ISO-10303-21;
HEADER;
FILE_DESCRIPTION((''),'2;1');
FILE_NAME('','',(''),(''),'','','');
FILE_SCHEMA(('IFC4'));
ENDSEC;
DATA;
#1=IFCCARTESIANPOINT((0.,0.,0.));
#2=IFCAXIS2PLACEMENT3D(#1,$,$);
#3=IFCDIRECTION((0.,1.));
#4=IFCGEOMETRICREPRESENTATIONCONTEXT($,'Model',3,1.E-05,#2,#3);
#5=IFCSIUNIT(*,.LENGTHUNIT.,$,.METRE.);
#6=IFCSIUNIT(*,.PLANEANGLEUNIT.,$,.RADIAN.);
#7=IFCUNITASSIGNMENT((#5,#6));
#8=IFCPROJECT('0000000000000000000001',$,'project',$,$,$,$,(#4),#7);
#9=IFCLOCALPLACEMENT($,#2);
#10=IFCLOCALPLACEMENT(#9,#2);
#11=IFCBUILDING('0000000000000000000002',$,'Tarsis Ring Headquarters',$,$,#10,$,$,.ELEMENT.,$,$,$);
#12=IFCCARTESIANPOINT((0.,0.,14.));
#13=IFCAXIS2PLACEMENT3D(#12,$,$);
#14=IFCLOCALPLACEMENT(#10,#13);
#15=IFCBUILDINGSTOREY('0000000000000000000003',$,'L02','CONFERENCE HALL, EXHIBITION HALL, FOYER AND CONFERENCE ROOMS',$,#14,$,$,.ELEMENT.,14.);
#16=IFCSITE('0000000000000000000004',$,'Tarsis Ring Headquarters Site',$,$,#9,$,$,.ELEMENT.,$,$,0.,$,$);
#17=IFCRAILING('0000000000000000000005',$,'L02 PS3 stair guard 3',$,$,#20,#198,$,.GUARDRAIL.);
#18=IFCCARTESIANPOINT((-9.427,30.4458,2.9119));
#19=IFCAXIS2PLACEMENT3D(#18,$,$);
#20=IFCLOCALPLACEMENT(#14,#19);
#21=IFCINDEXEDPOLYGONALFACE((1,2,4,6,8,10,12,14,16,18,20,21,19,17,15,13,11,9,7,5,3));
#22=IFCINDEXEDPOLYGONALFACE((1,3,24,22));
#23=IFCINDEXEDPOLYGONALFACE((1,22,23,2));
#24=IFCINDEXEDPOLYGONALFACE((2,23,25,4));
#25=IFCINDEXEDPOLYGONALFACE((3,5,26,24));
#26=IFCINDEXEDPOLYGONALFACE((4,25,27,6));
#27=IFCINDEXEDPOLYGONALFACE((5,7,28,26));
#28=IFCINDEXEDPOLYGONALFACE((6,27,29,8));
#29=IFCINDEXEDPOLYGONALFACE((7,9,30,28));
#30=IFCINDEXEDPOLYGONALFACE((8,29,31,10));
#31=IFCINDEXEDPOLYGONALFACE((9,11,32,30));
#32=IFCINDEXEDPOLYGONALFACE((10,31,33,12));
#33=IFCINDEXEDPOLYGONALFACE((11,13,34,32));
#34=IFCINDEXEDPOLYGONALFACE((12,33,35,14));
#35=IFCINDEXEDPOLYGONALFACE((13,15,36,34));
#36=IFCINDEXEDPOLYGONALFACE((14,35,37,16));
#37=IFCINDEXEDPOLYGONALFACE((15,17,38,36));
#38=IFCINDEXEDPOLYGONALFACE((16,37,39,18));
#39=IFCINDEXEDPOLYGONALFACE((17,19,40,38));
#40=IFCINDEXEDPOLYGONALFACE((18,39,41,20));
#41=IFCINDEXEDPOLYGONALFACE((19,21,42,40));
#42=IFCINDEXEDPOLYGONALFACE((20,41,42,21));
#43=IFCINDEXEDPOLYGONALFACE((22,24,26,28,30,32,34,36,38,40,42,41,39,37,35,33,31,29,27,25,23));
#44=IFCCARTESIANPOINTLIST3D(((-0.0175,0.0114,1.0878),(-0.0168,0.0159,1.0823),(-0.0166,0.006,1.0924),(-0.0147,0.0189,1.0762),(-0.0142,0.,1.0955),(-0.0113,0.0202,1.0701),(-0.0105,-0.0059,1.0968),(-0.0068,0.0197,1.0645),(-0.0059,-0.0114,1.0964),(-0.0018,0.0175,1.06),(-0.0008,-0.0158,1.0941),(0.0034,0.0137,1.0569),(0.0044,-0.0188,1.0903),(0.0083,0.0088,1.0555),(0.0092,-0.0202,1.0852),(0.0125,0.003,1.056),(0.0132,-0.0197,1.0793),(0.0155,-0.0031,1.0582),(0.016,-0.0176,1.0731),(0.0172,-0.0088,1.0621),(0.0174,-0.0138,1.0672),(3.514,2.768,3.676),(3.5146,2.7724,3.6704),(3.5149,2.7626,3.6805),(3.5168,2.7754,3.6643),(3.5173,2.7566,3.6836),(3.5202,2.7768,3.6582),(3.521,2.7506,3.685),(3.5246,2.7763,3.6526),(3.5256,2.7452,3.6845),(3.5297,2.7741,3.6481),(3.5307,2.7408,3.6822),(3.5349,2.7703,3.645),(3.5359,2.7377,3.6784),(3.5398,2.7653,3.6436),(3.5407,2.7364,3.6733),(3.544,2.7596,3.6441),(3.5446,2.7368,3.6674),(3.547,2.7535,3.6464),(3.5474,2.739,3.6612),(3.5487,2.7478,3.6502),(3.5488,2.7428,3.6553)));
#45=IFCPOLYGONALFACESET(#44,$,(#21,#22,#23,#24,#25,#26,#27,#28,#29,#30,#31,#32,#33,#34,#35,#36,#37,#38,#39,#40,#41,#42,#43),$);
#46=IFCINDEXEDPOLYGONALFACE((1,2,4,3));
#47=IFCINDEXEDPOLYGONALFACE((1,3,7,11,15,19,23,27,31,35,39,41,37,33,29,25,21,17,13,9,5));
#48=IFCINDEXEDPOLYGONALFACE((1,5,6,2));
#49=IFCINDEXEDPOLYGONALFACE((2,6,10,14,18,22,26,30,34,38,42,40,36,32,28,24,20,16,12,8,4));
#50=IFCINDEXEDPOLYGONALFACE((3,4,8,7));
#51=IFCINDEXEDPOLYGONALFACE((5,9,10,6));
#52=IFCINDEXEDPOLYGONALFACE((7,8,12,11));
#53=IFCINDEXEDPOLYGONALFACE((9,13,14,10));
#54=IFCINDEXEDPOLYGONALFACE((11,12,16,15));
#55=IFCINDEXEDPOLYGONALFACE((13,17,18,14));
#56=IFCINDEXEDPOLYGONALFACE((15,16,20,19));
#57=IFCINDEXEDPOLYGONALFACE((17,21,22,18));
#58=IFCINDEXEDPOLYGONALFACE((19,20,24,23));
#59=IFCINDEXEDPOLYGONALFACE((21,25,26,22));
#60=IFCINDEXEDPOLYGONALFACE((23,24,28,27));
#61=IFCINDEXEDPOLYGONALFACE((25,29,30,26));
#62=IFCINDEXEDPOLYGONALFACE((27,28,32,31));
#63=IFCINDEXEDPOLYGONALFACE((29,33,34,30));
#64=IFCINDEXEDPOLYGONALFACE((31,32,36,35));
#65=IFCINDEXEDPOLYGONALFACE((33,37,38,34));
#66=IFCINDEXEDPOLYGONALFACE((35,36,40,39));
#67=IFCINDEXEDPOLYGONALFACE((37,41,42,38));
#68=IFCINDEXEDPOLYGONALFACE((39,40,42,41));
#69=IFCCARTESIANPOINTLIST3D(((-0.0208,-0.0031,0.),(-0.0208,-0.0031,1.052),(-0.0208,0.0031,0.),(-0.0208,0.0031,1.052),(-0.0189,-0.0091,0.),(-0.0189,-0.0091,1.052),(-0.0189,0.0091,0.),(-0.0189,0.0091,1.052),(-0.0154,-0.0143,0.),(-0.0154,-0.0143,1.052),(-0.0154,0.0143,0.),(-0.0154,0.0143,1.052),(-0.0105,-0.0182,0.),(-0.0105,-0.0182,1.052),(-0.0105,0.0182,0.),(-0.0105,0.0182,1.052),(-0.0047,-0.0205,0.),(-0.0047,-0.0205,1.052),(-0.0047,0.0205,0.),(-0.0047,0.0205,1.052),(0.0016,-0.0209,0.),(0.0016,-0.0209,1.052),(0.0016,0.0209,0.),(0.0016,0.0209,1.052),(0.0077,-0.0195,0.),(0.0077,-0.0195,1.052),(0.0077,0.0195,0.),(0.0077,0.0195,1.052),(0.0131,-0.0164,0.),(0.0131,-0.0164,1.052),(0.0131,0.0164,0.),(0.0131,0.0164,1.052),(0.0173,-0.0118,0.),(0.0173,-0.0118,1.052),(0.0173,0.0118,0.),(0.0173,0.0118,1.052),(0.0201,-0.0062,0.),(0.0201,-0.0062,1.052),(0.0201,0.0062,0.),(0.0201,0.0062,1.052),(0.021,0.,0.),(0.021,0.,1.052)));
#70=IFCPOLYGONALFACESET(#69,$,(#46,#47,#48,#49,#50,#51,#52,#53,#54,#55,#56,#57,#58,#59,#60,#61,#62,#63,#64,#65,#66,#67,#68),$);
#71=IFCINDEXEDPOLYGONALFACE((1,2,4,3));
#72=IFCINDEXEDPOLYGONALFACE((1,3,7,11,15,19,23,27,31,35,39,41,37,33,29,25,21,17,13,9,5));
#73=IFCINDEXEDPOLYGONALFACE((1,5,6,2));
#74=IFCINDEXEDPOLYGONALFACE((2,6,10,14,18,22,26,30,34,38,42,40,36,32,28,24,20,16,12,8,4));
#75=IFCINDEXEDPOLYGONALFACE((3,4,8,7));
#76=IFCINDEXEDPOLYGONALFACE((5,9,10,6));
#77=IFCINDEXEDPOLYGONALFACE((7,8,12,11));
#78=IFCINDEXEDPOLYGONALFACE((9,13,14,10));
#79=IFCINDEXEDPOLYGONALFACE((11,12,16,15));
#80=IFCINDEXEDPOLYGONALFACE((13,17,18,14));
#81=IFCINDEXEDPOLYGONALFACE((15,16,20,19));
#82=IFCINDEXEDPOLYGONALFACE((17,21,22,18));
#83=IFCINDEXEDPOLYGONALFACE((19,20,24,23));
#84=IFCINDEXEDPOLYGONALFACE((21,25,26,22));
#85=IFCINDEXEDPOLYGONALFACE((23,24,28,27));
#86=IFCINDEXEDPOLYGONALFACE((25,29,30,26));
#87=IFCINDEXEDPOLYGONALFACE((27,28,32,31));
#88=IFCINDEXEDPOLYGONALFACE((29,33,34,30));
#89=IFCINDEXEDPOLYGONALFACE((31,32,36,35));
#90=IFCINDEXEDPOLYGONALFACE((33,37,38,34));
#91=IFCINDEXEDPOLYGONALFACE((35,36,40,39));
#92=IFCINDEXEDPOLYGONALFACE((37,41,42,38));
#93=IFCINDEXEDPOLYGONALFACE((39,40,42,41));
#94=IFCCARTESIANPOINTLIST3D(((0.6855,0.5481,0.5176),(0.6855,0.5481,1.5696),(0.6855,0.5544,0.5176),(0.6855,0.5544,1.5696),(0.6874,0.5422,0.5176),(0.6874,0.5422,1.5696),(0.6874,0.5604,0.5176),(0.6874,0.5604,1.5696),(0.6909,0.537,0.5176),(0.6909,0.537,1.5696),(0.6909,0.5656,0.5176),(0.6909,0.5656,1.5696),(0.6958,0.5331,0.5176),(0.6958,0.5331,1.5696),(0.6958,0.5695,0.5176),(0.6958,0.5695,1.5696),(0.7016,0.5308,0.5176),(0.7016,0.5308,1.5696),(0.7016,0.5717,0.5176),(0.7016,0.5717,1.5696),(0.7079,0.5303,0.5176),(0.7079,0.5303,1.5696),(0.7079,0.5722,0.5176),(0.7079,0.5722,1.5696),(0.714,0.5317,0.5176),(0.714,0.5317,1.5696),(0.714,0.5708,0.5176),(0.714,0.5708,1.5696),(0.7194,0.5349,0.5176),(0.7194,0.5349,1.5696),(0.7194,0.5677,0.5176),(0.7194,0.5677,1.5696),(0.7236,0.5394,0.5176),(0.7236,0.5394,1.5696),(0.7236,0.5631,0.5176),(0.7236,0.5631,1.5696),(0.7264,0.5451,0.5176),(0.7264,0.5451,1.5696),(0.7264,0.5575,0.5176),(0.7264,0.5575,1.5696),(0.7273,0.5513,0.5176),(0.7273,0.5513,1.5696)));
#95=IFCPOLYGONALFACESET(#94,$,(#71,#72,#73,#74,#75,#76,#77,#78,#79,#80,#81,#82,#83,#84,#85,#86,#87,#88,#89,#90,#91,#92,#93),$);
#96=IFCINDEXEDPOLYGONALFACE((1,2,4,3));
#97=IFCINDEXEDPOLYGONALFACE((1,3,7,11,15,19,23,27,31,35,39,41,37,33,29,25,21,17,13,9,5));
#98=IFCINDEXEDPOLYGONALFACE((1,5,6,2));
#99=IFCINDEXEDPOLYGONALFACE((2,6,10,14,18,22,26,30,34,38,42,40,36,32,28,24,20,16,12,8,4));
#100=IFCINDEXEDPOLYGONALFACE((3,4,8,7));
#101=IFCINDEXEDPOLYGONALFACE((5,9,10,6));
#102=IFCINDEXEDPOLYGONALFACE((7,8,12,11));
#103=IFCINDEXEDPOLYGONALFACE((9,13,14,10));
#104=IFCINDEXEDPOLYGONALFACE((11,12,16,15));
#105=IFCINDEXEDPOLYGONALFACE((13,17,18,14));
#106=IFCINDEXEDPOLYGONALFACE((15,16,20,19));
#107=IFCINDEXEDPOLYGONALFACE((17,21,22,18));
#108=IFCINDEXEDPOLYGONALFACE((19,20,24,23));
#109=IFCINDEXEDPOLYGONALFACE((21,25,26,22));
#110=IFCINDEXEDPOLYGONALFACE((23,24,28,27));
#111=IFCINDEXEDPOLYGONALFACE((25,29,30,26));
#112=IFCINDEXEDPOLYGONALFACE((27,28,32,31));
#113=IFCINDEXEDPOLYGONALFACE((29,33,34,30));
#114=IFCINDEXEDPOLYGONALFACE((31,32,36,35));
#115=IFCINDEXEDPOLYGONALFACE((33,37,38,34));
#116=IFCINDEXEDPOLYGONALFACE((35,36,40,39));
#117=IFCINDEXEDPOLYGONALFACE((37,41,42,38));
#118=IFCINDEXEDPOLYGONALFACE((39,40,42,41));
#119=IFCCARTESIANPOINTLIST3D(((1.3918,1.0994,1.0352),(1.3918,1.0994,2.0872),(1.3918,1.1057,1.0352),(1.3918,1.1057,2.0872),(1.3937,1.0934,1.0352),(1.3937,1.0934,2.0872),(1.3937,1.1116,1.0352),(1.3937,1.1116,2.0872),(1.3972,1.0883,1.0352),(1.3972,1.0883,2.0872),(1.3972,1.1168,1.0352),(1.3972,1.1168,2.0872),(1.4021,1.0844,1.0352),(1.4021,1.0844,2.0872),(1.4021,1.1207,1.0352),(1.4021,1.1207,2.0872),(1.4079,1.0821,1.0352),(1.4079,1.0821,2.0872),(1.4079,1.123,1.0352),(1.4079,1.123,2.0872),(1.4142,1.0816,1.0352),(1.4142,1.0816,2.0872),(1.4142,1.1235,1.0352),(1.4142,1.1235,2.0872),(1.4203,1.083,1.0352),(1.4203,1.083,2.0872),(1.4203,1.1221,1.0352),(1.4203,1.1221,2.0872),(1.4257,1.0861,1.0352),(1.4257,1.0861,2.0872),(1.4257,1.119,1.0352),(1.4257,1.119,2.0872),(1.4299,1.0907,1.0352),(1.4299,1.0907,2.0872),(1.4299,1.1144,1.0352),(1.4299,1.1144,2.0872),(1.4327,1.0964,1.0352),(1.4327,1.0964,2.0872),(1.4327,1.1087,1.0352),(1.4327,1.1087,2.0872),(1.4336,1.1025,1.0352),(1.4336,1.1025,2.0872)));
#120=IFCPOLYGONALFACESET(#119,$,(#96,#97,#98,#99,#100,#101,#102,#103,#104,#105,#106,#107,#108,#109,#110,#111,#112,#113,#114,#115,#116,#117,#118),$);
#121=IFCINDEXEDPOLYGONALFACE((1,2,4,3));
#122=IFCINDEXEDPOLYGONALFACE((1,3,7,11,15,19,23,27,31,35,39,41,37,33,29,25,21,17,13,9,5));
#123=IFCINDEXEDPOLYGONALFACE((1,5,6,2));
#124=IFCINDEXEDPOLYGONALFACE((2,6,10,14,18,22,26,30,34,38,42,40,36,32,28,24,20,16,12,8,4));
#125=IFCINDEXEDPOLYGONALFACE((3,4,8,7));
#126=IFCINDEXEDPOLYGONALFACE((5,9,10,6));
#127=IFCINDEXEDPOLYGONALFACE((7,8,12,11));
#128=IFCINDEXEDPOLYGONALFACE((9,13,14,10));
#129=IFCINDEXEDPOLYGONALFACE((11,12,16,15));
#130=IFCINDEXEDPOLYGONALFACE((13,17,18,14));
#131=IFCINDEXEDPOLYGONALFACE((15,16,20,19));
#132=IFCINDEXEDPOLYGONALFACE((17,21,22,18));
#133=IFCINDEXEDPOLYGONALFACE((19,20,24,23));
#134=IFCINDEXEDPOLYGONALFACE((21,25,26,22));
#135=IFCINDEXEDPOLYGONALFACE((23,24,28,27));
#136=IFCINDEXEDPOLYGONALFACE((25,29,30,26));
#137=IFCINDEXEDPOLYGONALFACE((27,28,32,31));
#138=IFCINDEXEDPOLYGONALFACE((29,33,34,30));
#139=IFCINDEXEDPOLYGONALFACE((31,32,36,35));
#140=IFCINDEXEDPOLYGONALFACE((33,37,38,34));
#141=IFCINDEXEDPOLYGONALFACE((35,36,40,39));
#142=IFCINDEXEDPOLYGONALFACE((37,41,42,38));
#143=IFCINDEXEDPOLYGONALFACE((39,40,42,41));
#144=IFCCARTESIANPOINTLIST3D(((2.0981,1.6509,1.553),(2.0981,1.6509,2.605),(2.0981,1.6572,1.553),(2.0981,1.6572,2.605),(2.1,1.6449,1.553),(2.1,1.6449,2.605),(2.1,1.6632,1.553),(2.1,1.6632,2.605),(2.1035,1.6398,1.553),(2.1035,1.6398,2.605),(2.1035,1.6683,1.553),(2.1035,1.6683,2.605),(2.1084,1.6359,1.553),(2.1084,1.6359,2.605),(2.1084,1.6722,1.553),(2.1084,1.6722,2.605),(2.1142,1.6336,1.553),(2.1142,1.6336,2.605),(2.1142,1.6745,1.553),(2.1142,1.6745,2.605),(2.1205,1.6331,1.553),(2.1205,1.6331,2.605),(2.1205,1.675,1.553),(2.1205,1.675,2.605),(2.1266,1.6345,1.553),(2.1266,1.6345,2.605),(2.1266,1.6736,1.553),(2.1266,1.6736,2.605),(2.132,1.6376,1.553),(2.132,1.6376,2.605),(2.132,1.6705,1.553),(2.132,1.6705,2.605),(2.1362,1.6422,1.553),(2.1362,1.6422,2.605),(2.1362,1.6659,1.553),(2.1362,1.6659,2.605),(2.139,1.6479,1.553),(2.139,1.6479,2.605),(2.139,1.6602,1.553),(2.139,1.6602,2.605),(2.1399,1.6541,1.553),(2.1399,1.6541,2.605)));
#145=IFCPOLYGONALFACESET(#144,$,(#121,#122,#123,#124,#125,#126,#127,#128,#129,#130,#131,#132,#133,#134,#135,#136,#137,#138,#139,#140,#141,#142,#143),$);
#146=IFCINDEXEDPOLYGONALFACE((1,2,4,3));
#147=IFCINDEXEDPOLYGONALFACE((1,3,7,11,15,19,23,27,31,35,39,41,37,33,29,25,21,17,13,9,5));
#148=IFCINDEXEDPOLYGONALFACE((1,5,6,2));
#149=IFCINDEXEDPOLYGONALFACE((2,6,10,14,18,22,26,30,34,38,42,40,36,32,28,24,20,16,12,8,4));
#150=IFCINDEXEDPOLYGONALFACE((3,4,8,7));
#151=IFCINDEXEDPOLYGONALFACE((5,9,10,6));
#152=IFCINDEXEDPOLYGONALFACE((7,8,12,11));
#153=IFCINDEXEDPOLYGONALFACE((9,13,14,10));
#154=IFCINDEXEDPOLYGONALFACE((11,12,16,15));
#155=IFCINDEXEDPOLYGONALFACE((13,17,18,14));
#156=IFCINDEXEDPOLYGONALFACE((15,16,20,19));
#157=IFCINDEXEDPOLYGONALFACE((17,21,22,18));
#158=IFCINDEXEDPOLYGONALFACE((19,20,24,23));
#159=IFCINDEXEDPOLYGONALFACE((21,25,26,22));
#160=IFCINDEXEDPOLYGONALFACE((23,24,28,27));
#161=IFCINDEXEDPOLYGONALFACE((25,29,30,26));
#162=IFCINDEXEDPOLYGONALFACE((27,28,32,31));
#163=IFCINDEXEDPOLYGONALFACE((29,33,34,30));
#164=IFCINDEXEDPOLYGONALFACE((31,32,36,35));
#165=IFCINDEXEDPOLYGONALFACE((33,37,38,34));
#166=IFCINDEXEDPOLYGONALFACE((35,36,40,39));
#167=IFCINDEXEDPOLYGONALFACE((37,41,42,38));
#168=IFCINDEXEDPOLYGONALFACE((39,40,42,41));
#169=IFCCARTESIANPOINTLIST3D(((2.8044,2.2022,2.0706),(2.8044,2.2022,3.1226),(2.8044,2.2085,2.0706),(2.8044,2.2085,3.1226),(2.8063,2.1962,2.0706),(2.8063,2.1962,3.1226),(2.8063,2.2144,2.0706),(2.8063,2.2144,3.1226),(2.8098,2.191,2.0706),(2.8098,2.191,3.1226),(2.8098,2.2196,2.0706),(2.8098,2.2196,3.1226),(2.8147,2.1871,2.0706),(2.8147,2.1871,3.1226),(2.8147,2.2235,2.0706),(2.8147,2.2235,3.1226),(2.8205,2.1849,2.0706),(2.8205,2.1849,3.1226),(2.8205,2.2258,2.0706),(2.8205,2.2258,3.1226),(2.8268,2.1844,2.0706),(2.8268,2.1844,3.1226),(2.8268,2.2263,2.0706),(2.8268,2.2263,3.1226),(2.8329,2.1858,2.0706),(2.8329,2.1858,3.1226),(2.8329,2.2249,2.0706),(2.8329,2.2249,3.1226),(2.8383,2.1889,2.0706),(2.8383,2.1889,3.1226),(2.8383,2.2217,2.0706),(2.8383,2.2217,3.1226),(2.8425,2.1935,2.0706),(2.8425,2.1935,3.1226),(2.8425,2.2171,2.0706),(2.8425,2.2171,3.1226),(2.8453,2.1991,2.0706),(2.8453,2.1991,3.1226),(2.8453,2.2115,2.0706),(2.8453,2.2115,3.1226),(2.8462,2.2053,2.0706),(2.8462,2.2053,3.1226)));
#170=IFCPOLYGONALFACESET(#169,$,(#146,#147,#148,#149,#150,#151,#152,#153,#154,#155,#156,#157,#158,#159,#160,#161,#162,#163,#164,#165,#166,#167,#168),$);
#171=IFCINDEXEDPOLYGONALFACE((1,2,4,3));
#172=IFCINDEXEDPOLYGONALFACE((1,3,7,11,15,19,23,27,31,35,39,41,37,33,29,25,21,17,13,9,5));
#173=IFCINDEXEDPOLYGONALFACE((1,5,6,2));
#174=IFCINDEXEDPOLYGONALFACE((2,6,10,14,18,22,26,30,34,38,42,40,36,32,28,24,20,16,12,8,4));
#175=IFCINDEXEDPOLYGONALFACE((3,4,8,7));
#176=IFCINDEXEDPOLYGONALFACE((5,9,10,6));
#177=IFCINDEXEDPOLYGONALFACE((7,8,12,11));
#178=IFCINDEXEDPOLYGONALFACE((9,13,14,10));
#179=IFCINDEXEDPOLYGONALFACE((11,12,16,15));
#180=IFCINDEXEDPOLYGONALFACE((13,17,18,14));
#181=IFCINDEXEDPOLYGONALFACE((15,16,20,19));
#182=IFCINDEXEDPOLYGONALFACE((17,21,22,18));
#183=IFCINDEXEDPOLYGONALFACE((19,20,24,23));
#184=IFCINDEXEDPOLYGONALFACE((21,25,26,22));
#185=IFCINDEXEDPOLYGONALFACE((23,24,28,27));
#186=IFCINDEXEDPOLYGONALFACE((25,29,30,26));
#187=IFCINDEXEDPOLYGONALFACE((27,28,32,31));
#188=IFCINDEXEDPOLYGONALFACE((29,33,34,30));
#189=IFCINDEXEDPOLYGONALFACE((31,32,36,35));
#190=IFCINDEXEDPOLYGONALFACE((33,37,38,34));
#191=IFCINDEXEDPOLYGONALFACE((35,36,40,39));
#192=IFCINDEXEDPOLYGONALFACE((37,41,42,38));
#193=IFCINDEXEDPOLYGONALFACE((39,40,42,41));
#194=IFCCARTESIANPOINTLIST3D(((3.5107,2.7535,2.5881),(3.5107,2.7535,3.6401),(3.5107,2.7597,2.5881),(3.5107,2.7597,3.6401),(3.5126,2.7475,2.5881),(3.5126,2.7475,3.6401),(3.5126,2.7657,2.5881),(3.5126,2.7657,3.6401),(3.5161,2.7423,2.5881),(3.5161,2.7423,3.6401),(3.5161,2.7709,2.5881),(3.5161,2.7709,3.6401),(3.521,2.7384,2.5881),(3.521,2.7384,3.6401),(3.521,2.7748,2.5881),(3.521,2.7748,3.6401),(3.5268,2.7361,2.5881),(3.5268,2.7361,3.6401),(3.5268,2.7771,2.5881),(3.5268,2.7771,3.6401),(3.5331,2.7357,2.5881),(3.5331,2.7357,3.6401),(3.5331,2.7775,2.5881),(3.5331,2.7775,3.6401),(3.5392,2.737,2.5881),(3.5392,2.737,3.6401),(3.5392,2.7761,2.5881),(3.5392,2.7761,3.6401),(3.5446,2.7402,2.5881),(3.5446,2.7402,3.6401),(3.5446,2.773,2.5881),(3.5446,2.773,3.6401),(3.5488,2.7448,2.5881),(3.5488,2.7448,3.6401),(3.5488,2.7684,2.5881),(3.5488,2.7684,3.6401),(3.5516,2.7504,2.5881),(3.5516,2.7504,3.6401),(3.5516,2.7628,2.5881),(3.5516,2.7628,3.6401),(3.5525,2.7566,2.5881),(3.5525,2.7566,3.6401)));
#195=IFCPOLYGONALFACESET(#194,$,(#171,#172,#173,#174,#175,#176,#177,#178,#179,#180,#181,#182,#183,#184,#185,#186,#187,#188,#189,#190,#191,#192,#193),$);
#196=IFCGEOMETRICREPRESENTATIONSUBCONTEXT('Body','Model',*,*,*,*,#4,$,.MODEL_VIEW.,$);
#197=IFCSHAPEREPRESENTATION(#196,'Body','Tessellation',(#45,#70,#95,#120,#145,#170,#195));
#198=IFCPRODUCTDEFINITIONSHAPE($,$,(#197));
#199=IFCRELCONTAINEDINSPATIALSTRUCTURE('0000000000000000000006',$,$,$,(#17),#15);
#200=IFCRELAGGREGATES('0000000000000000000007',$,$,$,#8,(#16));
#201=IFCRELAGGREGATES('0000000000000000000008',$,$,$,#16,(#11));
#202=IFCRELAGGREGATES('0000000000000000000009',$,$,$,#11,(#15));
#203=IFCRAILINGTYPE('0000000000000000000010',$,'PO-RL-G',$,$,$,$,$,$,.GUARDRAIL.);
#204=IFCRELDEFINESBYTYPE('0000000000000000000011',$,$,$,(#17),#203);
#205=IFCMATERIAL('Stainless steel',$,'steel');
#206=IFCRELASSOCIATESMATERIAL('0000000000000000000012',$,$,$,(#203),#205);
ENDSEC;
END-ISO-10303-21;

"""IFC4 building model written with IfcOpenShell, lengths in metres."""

from ifc_helpers import new_model, si_unit, direction, frame, origin, origin_2d, place, context, subcontext, project, spatial, circle, extrude, material, type_object, element, save


model = new_model("IFC4")

# Units and contexts
model_context = context("Model", 3, precision=1e-05, world=origin(), true_north=direction((0.0, 1.0)))
body_context = subcontext(model_context, "Body", "Model", "MODEL_VIEW")
ifc_project = project(units=[si_unit("LENGTHUNIT", "METRE"), si_unit("PLANEANGLEUNIT", "RADIAN")], contexts=[model_context])

# Site, building, storey
site_placement = place(None, origin())
site = spatial("IfcSite", under=ifc_project, at=site_placement, Name="Tarsis Ring Headquarters Site", CompositionType="ELEMENT", RefElevation=0.0)
building_placement = place(site_placement, origin())
building = spatial("IfcBuilding", under=site, at=building_placement, Name="Tarsis Ring Headquarters", CompositionType="ELEMENT")
storey_placement = place(building_placement, frame((0.0, 0.0, 14.0)))
storey = spatial("IfcBuildingStorey", under=building, at=storey_placement, Name="L02", Description="CONFERENCE HALL, EXHIBITION HALL, FOYER AND CONFERENCE ROOMS", CompositionType="ELEMENT", Elevation=14.0)

# Railing
ifc_material_1 = material(Name="Stainless steel", Category="steel")
railing_type_1 = type_object("IfcRailingType", Name="PO-RL-G", PredefinedType="GUARDRAIL", material=ifc_material_1)
railing_1_placement = place(storey_placement, frame((-9.427, 30.4458, 2.9119)))
element("IfcRailing", 1, at=railing_1_placement, inside=storey, type_object=railing_type_1, Name="L02 PS3 stair guard 3", PredefinedType="GUARDRAIL", context=body_context, shape_type="SweptSolid", body=[
    extrude(circle(Radius=0.0239, at=origin_2d()), frame((0.0, 0.0, 1.0762), z_axis=(0.682566, 0.532793, 0.500234), x_axis=(-0.615313, 0.788283, 0.0)), (0.0, 0.0, 1.0), 5.1738),
    extrude(circle(Radius=0.021, at=origin_2d()), origin(), (0.0, 0.0, 1.0), 1.052),
    extrude(circle(Radius=0.021, at=origin_2d()), frame((0.7063, 0.5513, 0.5176)), (0.0, 0.0, 1.0), 1.052),
    extrude(circle(Radius=0.021, at=origin_2d()), frame((1.4126, 1.1025, 1.0352)), (0.0, 0.0, 1.0), 1.052),
    extrude(circle(Radius=0.021, at=origin_2d()), frame((2.1189, 1.6541, 1.553)), (0.0, 0.0, 1.0), 1.052),
    extrude(circle(Radius=0.021, at=origin_2d()), frame((2.8252, 2.2053, 2.0706)), (0.0, 0.0, 1.0), 1.052),
    extrude(circle(Radius=0.021, at=origin_2d()), frame((3.5315, 2.7566, 2.5881)), (0.0, 0.0, 1.0), 1.052),
])

save(model, "model.ifc")
